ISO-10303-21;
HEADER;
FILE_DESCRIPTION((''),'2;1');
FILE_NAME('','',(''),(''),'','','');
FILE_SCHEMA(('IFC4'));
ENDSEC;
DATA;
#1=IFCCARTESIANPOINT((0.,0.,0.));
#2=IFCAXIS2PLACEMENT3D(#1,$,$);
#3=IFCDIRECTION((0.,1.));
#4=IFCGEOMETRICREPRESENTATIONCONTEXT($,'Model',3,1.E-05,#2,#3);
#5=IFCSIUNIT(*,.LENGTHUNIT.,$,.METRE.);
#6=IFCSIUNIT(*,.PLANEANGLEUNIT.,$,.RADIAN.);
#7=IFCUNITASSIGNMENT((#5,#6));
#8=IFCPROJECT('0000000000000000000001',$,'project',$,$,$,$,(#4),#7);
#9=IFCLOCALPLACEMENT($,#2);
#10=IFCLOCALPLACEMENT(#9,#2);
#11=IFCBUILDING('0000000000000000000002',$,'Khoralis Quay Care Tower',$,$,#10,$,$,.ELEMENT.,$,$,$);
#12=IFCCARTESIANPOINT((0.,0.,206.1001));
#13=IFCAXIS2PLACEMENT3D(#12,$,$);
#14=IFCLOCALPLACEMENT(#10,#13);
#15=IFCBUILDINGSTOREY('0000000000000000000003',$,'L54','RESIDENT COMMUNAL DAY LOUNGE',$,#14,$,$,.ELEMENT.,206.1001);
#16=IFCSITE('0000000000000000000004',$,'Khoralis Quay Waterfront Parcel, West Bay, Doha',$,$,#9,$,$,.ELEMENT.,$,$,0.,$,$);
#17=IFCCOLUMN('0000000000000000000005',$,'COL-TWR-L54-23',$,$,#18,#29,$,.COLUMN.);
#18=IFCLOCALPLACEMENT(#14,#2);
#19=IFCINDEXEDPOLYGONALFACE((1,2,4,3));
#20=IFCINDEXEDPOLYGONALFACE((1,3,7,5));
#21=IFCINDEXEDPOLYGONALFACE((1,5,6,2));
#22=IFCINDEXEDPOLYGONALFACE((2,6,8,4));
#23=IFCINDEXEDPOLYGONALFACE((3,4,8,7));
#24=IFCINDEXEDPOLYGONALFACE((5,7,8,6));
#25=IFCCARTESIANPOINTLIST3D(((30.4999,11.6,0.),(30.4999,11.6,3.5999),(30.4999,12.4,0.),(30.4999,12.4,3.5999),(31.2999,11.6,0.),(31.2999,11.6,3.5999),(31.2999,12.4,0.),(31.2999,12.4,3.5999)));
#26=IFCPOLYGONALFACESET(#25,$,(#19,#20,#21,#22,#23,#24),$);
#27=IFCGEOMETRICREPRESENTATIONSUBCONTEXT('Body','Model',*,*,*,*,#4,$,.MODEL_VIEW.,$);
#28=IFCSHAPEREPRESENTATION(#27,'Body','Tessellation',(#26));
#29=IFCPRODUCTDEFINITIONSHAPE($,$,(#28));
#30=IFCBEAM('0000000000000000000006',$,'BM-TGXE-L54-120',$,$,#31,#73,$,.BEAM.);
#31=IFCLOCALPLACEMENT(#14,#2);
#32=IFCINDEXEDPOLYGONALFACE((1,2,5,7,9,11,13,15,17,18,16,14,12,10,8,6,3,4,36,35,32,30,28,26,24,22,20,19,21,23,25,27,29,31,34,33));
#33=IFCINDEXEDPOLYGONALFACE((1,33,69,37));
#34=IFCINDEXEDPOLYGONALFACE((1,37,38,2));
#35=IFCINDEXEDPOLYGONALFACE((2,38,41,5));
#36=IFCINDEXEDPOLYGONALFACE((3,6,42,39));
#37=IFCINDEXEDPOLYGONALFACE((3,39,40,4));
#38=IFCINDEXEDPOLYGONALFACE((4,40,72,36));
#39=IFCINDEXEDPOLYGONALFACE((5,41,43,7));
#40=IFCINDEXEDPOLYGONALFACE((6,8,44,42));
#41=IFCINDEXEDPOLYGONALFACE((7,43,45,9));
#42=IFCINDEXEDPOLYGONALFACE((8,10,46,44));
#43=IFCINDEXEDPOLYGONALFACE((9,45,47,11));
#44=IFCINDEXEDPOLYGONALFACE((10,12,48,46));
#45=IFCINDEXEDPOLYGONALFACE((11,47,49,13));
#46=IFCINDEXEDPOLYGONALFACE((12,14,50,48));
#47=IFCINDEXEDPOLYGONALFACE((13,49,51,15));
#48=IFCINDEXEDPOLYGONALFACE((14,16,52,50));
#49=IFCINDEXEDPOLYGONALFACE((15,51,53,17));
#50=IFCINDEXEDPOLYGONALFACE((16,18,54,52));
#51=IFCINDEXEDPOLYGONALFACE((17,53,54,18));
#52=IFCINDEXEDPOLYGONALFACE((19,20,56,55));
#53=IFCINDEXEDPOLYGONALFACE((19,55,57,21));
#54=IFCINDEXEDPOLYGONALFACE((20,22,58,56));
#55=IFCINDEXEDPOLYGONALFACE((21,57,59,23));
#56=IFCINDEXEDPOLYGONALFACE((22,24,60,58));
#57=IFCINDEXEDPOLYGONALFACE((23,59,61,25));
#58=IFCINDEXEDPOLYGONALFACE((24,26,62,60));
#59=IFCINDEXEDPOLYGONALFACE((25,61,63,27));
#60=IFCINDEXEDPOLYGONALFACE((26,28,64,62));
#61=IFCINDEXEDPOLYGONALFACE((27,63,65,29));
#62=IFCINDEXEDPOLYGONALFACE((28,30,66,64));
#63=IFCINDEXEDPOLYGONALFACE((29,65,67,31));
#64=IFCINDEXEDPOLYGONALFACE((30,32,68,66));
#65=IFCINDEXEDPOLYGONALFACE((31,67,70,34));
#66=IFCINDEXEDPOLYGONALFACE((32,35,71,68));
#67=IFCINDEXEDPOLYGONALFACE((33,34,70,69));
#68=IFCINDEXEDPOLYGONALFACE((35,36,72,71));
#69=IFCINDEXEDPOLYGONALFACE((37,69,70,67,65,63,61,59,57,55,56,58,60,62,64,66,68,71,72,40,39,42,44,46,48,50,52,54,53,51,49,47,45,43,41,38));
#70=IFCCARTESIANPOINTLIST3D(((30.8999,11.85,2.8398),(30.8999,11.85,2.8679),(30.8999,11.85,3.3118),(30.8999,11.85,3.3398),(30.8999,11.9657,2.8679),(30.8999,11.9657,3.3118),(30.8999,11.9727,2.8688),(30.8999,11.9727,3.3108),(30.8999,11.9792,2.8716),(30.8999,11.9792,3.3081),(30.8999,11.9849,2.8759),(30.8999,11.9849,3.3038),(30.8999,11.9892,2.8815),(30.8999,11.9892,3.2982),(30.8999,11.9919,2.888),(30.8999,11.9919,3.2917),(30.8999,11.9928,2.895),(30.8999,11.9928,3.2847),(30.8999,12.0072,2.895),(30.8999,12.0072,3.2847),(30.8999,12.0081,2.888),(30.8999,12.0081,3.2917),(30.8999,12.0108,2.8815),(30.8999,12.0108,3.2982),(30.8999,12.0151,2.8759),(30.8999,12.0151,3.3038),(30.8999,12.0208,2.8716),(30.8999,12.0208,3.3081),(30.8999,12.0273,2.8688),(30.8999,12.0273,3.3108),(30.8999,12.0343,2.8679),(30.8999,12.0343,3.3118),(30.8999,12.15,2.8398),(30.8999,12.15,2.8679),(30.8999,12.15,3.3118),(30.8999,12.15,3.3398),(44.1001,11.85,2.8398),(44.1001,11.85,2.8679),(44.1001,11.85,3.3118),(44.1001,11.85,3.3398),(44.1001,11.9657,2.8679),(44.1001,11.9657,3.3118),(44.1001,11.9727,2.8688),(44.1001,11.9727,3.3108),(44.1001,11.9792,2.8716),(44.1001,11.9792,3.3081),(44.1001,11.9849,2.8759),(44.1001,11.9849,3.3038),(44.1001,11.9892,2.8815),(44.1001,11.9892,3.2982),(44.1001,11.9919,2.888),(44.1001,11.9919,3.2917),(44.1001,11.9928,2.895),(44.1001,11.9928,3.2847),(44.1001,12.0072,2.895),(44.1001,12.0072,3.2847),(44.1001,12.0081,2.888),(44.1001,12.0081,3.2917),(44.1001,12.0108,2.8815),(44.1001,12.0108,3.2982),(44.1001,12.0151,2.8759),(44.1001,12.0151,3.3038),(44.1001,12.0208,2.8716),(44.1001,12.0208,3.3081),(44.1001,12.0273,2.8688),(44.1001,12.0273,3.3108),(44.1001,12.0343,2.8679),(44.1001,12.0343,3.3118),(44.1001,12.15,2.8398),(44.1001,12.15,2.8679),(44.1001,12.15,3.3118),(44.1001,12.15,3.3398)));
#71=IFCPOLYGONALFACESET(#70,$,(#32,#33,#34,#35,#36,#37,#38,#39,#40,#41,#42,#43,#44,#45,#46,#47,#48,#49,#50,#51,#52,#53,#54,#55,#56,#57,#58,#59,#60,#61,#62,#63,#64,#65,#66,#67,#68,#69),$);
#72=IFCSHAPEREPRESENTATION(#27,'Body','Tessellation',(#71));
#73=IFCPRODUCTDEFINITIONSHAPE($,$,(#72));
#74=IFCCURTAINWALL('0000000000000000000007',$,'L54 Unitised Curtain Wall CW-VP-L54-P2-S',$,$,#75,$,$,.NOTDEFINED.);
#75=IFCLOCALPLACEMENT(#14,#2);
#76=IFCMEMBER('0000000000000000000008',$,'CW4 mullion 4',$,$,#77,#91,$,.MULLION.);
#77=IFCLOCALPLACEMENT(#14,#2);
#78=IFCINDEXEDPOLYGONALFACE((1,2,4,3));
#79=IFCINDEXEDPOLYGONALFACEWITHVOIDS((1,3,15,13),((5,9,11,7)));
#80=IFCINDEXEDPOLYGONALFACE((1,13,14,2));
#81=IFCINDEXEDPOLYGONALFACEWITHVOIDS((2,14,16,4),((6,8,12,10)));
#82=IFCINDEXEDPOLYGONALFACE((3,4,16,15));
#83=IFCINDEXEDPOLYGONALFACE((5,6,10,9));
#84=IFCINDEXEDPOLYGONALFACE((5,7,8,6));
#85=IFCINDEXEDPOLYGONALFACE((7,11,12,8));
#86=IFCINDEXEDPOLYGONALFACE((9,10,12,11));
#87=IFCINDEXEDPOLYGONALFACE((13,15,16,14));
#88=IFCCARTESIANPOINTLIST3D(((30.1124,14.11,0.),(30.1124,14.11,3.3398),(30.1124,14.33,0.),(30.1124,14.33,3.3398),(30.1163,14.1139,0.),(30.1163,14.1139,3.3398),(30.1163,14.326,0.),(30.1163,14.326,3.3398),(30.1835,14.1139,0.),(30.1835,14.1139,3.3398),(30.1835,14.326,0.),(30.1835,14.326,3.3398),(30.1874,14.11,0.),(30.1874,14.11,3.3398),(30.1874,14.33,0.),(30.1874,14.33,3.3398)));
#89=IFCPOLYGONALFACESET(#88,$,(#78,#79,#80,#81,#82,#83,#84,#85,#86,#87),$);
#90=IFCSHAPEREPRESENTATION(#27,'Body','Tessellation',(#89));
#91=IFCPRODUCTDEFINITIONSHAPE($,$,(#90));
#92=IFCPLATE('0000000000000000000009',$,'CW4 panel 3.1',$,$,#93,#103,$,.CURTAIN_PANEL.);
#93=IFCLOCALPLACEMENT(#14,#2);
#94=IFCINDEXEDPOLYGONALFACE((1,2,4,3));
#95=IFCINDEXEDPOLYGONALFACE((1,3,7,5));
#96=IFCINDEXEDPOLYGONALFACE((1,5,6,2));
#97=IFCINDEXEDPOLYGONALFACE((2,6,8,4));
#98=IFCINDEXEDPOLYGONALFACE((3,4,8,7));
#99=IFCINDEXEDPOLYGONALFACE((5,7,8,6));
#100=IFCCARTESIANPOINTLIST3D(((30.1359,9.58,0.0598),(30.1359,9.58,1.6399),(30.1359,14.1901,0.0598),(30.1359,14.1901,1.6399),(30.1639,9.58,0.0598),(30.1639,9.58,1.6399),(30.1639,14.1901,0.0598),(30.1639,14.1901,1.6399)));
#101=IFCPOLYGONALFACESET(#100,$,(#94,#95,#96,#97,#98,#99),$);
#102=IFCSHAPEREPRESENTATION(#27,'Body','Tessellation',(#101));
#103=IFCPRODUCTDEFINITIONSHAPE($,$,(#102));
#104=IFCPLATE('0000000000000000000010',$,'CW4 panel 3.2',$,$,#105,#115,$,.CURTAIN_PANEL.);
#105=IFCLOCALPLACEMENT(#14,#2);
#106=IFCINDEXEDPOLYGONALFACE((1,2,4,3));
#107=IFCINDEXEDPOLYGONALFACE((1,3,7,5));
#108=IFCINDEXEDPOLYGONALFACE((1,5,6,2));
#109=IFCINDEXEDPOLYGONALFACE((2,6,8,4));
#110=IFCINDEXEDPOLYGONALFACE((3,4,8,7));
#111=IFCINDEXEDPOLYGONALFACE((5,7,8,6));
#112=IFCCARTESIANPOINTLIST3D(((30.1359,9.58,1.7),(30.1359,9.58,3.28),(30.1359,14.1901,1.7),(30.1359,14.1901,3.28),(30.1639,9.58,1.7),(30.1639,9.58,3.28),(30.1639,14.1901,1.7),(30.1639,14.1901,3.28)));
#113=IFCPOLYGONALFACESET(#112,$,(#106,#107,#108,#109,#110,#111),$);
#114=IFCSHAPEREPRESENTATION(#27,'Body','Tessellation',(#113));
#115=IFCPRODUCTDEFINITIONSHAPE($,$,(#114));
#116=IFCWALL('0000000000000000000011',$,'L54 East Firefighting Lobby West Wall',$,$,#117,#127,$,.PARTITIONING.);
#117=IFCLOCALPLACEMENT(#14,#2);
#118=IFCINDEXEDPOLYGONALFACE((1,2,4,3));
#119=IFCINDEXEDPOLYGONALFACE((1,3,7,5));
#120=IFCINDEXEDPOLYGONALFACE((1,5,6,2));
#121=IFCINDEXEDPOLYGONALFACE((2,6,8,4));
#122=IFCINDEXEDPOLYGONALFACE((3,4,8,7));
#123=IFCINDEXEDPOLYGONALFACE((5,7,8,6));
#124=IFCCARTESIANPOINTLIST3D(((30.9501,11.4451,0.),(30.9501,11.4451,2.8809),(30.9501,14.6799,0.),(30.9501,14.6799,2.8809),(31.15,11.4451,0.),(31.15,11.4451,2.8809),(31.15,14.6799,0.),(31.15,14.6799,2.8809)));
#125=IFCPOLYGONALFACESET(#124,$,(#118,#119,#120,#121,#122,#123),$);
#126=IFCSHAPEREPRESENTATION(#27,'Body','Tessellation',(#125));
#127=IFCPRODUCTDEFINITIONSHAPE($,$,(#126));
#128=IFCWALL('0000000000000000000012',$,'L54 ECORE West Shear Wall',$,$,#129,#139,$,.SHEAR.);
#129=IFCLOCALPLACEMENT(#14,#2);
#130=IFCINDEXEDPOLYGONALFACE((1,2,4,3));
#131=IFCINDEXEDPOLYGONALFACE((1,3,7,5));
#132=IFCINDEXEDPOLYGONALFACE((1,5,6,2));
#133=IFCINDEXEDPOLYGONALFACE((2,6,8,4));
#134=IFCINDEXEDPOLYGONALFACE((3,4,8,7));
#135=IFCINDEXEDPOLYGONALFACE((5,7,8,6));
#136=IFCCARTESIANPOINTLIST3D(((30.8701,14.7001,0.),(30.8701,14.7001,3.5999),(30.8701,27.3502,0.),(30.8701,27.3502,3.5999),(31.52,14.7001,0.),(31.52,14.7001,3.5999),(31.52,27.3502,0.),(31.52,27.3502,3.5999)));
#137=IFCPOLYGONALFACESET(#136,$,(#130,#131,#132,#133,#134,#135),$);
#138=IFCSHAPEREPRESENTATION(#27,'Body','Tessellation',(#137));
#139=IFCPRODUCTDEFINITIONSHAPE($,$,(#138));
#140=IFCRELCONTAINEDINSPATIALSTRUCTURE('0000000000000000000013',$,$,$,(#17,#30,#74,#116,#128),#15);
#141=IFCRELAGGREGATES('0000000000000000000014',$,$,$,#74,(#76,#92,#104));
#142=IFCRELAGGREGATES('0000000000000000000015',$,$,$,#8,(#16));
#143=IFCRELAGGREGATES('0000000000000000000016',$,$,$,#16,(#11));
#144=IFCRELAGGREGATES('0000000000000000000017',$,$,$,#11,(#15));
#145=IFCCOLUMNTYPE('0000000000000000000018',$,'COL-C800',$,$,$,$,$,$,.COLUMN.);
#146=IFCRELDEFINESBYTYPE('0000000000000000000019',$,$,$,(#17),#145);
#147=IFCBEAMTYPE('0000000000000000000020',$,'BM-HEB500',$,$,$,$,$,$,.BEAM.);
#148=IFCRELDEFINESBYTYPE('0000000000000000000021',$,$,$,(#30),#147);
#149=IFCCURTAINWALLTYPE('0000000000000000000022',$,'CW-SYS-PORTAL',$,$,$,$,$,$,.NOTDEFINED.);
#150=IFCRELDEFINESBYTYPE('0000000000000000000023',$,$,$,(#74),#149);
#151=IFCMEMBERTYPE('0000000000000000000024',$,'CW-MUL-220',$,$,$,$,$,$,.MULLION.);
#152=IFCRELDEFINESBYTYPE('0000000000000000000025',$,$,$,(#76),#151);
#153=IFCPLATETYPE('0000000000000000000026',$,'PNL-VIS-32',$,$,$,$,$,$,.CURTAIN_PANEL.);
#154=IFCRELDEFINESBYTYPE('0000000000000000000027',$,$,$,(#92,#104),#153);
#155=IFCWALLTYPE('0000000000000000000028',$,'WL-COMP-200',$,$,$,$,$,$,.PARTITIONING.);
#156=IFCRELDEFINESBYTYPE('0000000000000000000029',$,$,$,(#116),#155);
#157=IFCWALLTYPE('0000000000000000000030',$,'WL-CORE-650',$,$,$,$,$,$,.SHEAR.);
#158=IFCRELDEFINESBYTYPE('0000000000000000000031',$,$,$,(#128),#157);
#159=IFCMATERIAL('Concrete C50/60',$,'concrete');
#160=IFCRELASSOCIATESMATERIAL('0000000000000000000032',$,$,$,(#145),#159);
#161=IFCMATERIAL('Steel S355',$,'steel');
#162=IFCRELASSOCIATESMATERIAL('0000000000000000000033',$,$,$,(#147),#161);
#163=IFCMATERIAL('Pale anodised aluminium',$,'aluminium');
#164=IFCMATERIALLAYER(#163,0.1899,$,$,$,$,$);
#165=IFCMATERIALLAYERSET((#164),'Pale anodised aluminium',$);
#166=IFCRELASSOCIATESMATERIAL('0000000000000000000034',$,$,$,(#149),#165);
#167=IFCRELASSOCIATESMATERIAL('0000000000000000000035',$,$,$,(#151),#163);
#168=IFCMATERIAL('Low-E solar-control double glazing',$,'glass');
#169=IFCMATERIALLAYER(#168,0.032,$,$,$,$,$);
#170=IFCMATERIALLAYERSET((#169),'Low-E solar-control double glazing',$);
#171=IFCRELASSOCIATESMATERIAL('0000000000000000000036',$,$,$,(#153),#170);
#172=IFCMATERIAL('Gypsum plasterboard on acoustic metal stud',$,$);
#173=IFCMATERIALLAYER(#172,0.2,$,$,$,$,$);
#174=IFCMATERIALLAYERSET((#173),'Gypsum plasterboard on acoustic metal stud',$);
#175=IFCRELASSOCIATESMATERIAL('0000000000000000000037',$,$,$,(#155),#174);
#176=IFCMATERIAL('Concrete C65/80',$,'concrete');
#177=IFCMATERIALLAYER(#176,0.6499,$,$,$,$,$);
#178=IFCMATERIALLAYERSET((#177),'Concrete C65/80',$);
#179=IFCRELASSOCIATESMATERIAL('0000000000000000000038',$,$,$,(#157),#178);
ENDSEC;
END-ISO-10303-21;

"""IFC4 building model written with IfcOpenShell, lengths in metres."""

from ifc_helpers import new_model, si_unit, direction, frame, frame_2d, origin, origin_2d, place, context, subcontext, project, spatial, rectangle, hollow_rectangle, i_section, extrude, source, transform, mapped, material, layer, layer_set, material_profile, profile_set, type_object, element, aggregate, save


model = new_model("IFC4")

# Units and contexts
model_context = context("Model", 3, precision=1e-05, world=origin(), true_north=direction((0.0, 1.0)))
body_context = subcontext(model_context, "Body", "Model", "MODEL_VIEW")
ifc_project = project(units=[si_unit("LENGTHUNIT", "METRE"), si_unit("PLANEANGLEUNIT", "RADIAN")], contexts=[model_context])

# Site, building, storey
site_placement = place(None, origin())
site = spatial("IfcSite", under=ifc_project, at=site_placement, Name="Khoralis Quay Waterfront Parcel, West Bay, Doha", CompositionType="ELEMENT", RefElevation=0.0)
building_placement = place(site_placement, origin())
building = spatial("IfcBuilding", under=site, at=building_placement, Name="Khoralis Quay Care Tower", CompositionType="ELEMENT")
storey_placement = place(building_placement, frame((0.0, 0.0, 206.1001)))
storey = spatial("IfcBuildingStorey", under=building, at=storey_placement, Name="L54", Description="RESIDENT COMMUNAL DAY LOUNGE", CompositionType="ELEMENT", Elevation=206.1001)

# Column
ifc_material_1 = material(Name="Concrete C50/60", Category="concrete")
ifc_material_profile_1 = material_profile(ifc_material_1, rectangle(XDim=0.8, YDim=0.8, at=origin_2d()), Name="Concrete C50/60")
ifc_profile_set_1 = profile_set([ifc_material_profile_1], Name="Concrete C50/60")
column_type = type_object("IfcColumnType", Name="COL-C800", PredefinedType="COLUMN", material=ifc_profile_set_1)
shared_shape_1 = source(origin(), body_context, "Body", "SweptSolid", [
    extrude(rectangle(XDim=0.8, YDim=0.8, at=origin_2d()), origin(), (0.0, 0.0, 1.0), 3.5999),
])
column_placement = place(storey_placement, frame((30.8999, 12.0, 0.0), z_axis=(0.0, 0.0, 1.0), x_axis=(1.0, 0.0, 0.0)))
element("IfcColumn", 1, at=column_placement, inside=storey, type_object=column_type, Name="COL-TWR-L54-23", PredefinedType="COLUMN", context=body_context, shape_type="MappedRepresentation", body=[
    mapped(shared_shape_1, transform((0.0, 0.0, 0.0), scale=1.0)),
])

# Beam
ifc_material_2 = material(Name="Steel S355", Category="steel")
ifc_material_profile_2 = material_profile(ifc_material_2, i_section(OverallWidth=0.3, OverallDepth=0.5, WebThickness=0.0144, FlangeThickness=0.0281, FilletRadius=0.0271, at=origin_2d()), Name="Steel S355")
ifc_profile_set_2 = profile_set([ifc_material_profile_2], Name="Steel S355")
beam_type = type_object("IfcBeamType", Name="BM-HEB500", PredefinedType="BEAM", material=ifc_profile_set_2)
shared_shape_2 = source(origin(), body_context, "Body", "SweptSolid", [
    extrude(i_section(OverallWidth=0.3, OverallDepth=0.5, WebThickness=0.0144, FlangeThickness=0.0281, FilletRadius=0.0271, at=origin_2d()), origin(), (0.0, 0.0, 1.0), 13.2002),
])
beam_placement = place(storey_placement, frame((30.8999, 12.0, 3.0898), z_axis=(1.0, 0.0, 0.0), x_axis=(0.0, 1.0, 0.0)))
element("IfcBeam", 2, at=beam_placement, inside=storey, type_object=beam_type, Name="BM-TGXE-L54-120", PredefinedType="BEAM", context=body_context, shape_type="MappedRepresentation", body=[
    mapped(shared_shape_2, transform((0.0, 0.0, 0.0), scale=1.0)),
])

# Curtain wall, member, plates
ifc_material_3 = material(Name="Pale anodised aluminium", Category="aluminium")
ifc_layer_1 = layer(ifc_material_3, 0.1899)
ifc_layer_set_1 = layer_set([ifc_layer_1], Name="Pale anodised aluminium")
curtain_wall_type = type_object("IfcCurtainWallType", Name="CW-SYS-PORTAL", PredefinedType="NOTDEFINED", material=ifc_layer_set_1)
curtain_wall_placement = place(storey_placement, origin())
curtain_wall = element("IfcCurtainWall", 3, at=curtain_wall_placement, inside=storey, type_object=curtain_wall_type, Name="L54 Unitised Curtain Wall CW-VP-L54-P2-S", PredefinedType="NOTDEFINED")
ifc_material_profile_3 = material_profile(ifc_material_3, hollow_rectangle(XDim=0.075, YDim=0.22, WallThickness=0.0039, at=origin_2d()), Name="Pale anodised aluminium")
ifc_profile_set_3 = profile_set([ifc_material_profile_3], Name="Pale anodised aluminium")
member_type = type_object("IfcMemberType", Name="CW-MUL-220", PredefinedType="MULLION", material=ifc_profile_set_3)
shared_shape_3 = source(origin(), body_context, "Body", "SweptSolid", [
    extrude(hollow_rectangle(XDim=0.075, YDim=0.22, WallThickness=0.0039, at=origin_2d()), origin(), (0.0, 0.0, 1.0), 3.3398),
])
member_placement = place(storey_placement, frame((30.1499, 14.22, 0.0), z_axis=(0.0, 0.0, 1.0), x_axis=(-1.0, 0.0, 0.0)))
member = element("IfcMember", 4, at=member_placement, type_object=member_type, Name="CW4 mullion 4", PredefinedType="MULLION", context=body_context, shape_type="MappedRepresentation", body=[
    mapped(shared_shape_3, transform((0.0, 0.0, 0.0), scale=1.0)),
])
ifc_material_4 = material(Name="Low-E solar-control double glazing", Category="glass")
ifc_layer_2 = layer(ifc_material_4, 0.032)
ifc_layer_set_2 = layer_set([ifc_layer_2], Name="Low-E solar-control double glazing")
plate_type = type_object("IfcPlateType", Name="PNL-VIS-32", PredefinedType="CURTAIN_PANEL", material=ifc_layer_set_2)
shared_shape_4 = source(origin(), body_context, "Body", "SweptSolid", [
    extrude(rectangle(XDim=4.6101, YDim=0.0281, at=origin_2d()), origin(), (0.0, 0.0, 1.0), 1.5801),
])
plate_1_placement = place(storey_placement, frame((30.1499, 11.885, 0.0598), z_axis=(0.0, 0.0, 1.0), x_axis=(0.0, 1.0, 0.0)))
plate_1 = element("IfcPlate", 5, at=plate_1_placement, type_object=plate_type, Name="CW4 panel 3.1", PredefinedType="CURTAIN_PANEL", context=body_context, shape_type="MappedRepresentation", body=[
    mapped(shared_shape_4, transform((0.0, 0.0, 0.0), scale=1.0)),
])
plate_2_placement = place(storey_placement, frame((30.1499, 11.885, 1.7), z_axis=(0.0, 0.0, 1.0), x_axis=(0.0, 1.0, 0.0)))
plate_2 = element("IfcPlate", 6, at=plate_2_placement, type_object=plate_type, Name="CW4 panel 3.2", PredefinedType="CURTAIN_PANEL", context=body_context, shape_type="MappedRepresentation", body=[
    mapped(shared_shape_4, transform((0.0, 0.0, 0.0), scale=1.0)),
])
aggregate(curtain_wall, [member, plate_1, plate_2])

# Walls
ifc_material_5 = material(Name="Gypsum plasterboard on acoustic metal stud")
ifc_layer_3 = layer(ifc_material_5, 0.2)
ifc_layer_set_3 = layer_set([ifc_layer_3], Name="Gypsum plasterboard on acoustic metal stud")
wall_type_1 = type_object("IfcWallType", Name="WL-COMP-200", PredefinedType="PARTITIONING", material=ifc_layer_set_3)
wall_1_placement = place(storey_placement, frame((31.05, 11.4451, 0.0), z_axis=(0.0, 0.0, 1.0), x_axis=(0.0, 1.0, 0.0)))
element("IfcWall", 7, at=wall_1_placement, inside=storey, type_object=wall_type_1, Name="L54 East Firefighting Lobby West Wall", PredefinedType="PARTITIONING", context=body_context, shape_type="SweptSolid", body=[
    extrude(rectangle(XDim=3.2349, YDim=0.2, at=frame_2d((1.6174, 0.0))), origin(), (0.0, 0.0, 1.0), 2.8809),
])
ifc_material_6 = material(Name="Concrete C65/80", Category="concrete")
ifc_layer_4 = layer(ifc_material_6, 0.6499)
ifc_layer_set_4 = layer_set([ifc_layer_4], Name="Concrete C65/80")
wall_type_2 = type_object("IfcWallType", Name="WL-CORE-650", PredefinedType="SHEAR", material=ifc_layer_set_4)
wall_2_placement = place(storey_placement, frame((31.1951, 14.7, 0.0), z_axis=(0.0, 0.0, 1.0), x_axis=(0.0, 1.0, 0.0)))
element("IfcWall", 8, at=wall_2_placement, inside=storey, type_object=wall_type_2, Name="L54 ECORE West Shear Wall", PredefinedType="SHEAR", context=body_context, shape_type="SweptSolid", body=[
    extrude(rectangle(XDim=12.6501, YDim=0.6499, at=frame_2d((6.3252, 0.0))), origin(), (0.0, 0.0, 1.0), 3.5999),
])

save(model, "model.ifc")
